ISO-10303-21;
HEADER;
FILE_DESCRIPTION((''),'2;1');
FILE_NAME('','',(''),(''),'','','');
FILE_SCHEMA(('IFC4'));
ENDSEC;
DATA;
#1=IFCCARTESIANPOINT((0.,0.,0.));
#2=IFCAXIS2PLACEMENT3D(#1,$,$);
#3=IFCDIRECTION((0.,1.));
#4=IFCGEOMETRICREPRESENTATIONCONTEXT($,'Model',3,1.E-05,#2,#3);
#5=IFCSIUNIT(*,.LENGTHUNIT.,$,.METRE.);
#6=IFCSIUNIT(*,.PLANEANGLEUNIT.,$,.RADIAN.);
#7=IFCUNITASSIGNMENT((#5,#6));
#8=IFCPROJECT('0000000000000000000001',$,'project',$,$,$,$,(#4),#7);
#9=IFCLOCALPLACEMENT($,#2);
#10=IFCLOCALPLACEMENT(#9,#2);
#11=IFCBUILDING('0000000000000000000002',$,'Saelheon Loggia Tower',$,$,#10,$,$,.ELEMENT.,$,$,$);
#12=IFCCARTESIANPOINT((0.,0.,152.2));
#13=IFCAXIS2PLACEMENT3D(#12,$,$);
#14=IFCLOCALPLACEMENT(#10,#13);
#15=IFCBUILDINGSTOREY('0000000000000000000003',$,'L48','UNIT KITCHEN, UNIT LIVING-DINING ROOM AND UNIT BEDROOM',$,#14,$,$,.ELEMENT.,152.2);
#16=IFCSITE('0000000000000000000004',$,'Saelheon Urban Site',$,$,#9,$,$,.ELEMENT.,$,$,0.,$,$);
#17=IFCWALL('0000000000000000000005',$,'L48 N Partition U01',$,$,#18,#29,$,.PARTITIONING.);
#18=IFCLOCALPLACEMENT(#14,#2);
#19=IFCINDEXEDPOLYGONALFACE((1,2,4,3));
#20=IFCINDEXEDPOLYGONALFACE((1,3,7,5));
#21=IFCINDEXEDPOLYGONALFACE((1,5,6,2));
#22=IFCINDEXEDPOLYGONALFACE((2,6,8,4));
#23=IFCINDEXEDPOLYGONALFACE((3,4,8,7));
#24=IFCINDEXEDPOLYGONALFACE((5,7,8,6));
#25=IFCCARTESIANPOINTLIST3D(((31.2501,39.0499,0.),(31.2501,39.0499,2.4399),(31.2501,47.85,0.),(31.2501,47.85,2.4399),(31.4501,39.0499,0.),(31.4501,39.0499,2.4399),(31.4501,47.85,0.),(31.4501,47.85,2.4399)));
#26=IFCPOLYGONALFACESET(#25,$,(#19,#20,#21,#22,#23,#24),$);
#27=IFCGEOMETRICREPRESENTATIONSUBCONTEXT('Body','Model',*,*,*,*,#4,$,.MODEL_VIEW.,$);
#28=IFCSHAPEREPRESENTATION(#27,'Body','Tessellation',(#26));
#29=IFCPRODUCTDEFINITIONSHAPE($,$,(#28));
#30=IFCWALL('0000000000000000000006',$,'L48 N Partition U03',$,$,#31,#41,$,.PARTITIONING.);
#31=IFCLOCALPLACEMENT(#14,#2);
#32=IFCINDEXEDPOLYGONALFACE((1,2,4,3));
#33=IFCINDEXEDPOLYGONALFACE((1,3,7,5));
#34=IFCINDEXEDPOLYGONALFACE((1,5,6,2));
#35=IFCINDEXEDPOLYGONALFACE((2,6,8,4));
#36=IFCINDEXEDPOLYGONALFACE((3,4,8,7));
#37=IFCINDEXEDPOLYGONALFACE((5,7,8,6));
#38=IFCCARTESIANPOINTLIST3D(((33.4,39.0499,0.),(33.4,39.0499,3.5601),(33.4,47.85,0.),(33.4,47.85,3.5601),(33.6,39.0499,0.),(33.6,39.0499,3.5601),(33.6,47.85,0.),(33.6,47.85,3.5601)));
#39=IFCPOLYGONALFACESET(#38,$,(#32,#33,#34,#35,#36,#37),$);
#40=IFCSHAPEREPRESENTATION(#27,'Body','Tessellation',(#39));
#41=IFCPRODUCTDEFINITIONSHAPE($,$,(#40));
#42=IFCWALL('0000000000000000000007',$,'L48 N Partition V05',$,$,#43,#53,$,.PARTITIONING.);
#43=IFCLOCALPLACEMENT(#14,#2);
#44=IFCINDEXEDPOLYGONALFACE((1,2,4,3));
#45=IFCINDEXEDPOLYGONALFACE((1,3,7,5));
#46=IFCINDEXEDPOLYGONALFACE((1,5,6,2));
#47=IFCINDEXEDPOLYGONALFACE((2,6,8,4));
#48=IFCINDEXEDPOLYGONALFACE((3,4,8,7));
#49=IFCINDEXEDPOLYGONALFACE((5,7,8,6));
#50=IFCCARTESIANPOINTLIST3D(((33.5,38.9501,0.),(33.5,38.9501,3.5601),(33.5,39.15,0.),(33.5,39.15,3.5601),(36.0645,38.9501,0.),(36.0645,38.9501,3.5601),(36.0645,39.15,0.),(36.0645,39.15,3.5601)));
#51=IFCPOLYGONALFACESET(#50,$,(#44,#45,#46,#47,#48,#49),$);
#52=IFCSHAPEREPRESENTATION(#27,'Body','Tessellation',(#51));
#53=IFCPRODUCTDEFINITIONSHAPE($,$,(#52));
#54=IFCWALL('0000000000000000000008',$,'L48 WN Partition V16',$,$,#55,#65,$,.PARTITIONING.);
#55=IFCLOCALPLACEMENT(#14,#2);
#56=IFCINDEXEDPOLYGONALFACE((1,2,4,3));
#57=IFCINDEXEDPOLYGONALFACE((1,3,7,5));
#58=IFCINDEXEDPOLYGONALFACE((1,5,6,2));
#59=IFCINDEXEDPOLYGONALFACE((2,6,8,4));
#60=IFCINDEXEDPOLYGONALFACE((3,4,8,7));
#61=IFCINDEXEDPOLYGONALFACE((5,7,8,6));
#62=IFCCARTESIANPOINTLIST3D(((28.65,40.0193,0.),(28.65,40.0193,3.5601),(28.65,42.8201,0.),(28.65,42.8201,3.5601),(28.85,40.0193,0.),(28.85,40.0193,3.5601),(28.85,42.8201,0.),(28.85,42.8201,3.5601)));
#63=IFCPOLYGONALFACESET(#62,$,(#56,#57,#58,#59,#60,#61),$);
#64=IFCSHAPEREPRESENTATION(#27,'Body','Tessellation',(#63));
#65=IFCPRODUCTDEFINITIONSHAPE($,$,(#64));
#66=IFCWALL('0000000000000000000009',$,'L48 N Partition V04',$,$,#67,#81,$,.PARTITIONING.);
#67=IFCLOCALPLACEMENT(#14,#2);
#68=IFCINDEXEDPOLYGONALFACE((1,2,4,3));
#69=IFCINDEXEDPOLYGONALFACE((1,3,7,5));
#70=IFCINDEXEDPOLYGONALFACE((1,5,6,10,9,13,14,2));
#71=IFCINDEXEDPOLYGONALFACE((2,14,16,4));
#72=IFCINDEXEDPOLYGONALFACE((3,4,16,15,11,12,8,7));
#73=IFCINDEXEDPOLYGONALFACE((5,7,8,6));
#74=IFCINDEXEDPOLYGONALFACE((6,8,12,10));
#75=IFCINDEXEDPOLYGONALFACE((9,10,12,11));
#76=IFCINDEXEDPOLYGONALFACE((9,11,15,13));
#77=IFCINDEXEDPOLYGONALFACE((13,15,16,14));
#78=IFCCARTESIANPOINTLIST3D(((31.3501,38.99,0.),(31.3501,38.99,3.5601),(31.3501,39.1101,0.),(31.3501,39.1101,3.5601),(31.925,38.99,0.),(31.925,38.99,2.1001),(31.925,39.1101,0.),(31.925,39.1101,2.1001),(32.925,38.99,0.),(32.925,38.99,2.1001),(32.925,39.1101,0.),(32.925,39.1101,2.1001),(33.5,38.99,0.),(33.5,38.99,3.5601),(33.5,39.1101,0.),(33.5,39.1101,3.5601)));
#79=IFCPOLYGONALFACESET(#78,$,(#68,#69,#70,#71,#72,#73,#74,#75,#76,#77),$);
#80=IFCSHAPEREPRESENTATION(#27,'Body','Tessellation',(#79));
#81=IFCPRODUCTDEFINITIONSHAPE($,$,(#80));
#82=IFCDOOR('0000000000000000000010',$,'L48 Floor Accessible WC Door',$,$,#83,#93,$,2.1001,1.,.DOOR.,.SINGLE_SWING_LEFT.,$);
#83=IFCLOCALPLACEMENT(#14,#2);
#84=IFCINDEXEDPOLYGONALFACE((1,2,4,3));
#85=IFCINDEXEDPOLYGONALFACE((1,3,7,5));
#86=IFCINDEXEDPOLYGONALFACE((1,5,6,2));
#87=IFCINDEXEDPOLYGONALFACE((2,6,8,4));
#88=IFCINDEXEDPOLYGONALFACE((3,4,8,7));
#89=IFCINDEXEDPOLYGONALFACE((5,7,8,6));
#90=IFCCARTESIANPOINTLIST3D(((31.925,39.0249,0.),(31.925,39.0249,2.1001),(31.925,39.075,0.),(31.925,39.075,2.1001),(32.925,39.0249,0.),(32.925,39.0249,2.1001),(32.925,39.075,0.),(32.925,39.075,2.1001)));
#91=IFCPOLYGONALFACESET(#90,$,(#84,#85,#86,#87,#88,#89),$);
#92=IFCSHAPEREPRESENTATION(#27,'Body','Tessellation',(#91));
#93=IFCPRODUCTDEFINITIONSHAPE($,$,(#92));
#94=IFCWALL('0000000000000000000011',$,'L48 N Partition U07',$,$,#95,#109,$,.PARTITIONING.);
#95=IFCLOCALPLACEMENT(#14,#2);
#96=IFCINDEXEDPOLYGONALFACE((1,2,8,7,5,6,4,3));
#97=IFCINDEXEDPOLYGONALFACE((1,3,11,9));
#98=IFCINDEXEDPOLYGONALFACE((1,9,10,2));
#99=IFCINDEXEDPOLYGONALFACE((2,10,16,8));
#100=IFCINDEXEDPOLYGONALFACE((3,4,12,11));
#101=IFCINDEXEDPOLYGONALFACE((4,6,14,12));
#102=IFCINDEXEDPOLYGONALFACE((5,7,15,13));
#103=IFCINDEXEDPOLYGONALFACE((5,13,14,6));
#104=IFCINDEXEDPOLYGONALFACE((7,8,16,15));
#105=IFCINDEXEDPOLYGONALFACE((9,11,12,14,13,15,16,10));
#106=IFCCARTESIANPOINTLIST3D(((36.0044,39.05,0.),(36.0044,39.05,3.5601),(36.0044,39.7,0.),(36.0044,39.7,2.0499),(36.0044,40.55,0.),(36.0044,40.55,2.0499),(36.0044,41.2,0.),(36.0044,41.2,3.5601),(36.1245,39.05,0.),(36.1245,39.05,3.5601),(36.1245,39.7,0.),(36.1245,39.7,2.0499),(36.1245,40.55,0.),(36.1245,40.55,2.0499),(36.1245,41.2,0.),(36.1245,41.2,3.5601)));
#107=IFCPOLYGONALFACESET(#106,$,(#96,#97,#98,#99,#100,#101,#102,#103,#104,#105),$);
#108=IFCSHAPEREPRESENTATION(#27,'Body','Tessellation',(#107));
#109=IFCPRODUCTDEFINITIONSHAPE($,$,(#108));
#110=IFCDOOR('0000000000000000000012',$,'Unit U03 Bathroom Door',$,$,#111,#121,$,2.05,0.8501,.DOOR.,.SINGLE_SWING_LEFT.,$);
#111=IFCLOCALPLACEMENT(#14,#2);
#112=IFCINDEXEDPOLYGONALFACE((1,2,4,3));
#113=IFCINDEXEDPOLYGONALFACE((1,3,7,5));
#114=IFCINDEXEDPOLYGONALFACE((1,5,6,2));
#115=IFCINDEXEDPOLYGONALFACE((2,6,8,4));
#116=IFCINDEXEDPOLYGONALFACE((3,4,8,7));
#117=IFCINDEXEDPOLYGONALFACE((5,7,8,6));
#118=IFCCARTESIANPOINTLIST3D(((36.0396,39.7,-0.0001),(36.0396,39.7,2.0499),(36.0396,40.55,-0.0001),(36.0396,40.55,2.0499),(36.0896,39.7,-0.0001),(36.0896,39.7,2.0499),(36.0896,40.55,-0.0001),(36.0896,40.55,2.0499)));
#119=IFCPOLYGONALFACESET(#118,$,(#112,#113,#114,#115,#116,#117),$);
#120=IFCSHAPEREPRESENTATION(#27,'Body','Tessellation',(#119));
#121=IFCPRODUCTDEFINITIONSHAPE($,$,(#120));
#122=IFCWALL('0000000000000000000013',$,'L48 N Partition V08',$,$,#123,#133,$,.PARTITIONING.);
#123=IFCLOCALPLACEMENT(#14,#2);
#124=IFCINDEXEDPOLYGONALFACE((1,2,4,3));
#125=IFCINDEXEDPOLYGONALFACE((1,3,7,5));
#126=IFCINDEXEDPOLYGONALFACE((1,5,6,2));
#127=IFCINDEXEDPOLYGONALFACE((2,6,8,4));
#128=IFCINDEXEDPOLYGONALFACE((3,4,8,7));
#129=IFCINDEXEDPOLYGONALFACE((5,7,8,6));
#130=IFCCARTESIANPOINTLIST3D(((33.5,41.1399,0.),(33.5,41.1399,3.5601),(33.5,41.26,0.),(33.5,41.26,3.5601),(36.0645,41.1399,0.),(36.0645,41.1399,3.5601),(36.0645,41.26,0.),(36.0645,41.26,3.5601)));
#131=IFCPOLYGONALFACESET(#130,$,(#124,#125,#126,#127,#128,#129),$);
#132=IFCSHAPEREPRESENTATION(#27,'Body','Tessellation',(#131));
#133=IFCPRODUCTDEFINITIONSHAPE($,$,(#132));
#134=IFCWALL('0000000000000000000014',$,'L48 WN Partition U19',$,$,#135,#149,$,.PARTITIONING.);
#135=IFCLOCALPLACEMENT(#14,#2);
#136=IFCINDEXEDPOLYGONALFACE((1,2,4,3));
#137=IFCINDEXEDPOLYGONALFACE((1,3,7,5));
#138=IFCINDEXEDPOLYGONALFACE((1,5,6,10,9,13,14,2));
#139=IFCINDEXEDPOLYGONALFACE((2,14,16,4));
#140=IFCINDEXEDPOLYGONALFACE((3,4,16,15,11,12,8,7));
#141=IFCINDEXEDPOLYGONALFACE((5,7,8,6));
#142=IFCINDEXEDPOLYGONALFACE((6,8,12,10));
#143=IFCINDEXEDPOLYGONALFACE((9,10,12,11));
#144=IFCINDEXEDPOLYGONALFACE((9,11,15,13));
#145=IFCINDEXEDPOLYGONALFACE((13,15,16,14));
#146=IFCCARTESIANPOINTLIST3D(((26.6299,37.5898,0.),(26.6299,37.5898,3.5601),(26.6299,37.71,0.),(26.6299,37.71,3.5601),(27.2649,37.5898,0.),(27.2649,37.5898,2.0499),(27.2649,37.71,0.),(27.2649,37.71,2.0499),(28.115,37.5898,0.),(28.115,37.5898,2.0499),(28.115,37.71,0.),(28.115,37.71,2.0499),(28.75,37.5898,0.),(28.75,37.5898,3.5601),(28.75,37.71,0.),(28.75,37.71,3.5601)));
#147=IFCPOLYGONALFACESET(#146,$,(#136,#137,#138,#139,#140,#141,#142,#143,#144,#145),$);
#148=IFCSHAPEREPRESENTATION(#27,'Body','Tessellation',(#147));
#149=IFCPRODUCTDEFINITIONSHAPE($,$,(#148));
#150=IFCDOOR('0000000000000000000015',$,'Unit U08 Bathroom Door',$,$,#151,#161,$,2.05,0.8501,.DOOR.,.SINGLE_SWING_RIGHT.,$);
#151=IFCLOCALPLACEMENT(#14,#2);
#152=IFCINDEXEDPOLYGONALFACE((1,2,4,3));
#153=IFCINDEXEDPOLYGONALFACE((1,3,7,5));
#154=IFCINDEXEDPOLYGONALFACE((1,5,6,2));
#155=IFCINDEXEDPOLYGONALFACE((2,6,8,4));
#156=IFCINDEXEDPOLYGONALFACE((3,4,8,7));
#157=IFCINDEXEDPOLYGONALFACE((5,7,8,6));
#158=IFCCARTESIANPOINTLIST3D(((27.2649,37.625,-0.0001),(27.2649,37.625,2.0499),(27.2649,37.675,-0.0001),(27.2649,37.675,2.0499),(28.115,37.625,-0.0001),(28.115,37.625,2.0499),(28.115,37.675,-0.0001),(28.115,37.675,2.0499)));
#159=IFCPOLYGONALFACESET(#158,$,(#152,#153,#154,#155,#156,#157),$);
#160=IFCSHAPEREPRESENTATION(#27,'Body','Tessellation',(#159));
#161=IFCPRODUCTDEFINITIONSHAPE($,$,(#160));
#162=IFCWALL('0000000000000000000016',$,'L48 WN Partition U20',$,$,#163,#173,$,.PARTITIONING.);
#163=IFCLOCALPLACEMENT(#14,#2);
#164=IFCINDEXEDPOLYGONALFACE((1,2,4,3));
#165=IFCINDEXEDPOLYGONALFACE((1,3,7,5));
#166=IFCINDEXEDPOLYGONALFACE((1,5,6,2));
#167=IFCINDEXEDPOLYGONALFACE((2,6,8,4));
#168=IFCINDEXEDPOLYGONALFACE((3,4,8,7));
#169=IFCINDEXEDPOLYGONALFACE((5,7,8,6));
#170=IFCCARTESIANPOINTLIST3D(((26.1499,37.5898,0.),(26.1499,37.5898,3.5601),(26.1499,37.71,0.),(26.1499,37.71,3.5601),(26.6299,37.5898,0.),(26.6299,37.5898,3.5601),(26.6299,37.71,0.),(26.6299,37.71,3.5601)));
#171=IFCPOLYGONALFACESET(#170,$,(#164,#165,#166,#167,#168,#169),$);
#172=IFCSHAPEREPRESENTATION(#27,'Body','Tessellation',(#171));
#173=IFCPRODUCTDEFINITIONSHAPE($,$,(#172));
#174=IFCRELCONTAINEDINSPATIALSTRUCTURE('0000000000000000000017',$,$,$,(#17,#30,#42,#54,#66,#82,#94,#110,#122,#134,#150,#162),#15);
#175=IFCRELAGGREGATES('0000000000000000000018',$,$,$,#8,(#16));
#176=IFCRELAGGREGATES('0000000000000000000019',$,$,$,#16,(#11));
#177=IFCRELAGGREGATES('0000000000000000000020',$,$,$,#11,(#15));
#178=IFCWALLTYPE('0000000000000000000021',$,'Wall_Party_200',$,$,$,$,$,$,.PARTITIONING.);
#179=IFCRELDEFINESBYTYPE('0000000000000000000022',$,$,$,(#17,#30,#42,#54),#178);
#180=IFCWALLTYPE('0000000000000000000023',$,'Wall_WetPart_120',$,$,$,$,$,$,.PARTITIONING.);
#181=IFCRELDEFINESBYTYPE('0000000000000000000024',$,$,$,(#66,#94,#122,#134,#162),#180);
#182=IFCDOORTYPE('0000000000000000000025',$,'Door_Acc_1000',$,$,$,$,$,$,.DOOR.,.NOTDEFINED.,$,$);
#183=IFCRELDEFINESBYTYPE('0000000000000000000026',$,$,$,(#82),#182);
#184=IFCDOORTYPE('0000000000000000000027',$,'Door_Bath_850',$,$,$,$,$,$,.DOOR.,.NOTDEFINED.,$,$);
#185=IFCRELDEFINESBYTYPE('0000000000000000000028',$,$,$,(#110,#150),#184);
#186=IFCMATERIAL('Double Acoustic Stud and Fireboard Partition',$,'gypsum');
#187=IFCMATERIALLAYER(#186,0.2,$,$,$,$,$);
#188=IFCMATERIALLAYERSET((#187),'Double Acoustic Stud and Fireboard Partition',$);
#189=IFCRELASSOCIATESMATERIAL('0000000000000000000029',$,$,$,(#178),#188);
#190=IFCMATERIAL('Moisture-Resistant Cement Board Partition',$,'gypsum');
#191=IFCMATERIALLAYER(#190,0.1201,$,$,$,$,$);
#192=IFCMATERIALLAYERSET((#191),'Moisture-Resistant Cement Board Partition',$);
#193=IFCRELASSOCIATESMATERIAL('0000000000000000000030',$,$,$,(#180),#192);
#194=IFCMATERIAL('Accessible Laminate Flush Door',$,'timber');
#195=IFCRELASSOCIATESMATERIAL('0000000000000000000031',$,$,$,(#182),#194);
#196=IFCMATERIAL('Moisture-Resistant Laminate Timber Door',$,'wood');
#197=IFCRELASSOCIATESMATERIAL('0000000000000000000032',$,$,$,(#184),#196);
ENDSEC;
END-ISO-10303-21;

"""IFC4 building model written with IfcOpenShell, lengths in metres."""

from ifc_helpers import new_model, si_unit, direction, frame, frame_2d, origin, place, context, subcontext, project, spatial, rectangle, extrude, source, transform, mapped, material, layer, layer_set, type_object, element, fill, save


model = new_model("IFC4")

# Units and contexts
model_context = context("Model", 3, precision=1e-05, world=origin(), true_north=direction((0.0, 1.0)))
body_context = subcontext(model_context, "Body", "Model", "MODEL_VIEW")
ifc_project = project(units=[si_unit("LENGTHUNIT", "METRE"), si_unit("PLANEANGLEUNIT", "RADIAN")], contexts=[model_context])

# Site, building, storey
site_placement = place(None, origin())
site = spatial("IfcSite", under=ifc_project, at=site_placement, Name="Saelheon Urban Site", CompositionType="ELEMENT", RefElevation=0.0)
building_placement = place(site_placement, origin())
building = spatial("IfcBuilding", under=site, at=building_placement, Name="Saelheon Loggia Tower", CompositionType="ELEMENT")
storey_placement = place(building_placement, frame((0.0, 0.0, 152.2)))
storey = spatial("IfcBuildingStorey", under=building, at=storey_placement, Name="L48", Description="UNIT KITCHEN, UNIT LIVING-DINING ROOM AND UNIT BEDROOM", CompositionType="ELEMENT", Elevation=152.2)

# Walls
ifc_material_1 = material(Name="Double Acoustic Stud and Fireboard Partition", Category="gypsum")
ifc_layer_1 = layer(ifc_material_1, 0.2)
ifc_layer_set_1 = layer_set([ifc_layer_1], Name="Double Acoustic Stud and Fireboard Partition")
wall_type_1 = type_object("IfcWallType", Name="Wall_Party_200", PredefinedType="PARTITIONING", material=ifc_layer_set_1)
wall_1_placement = place(storey_placement, frame((31.3501, 39.05, 0.0), z_axis=(0.0, 0.0, 1.0), x_axis=(0.0, 1.0, 0.0)))
element("IfcWall", 1, at=wall_1_placement, inside=storey, type_object=wall_type_1, Name="L48 N Partition U01", PredefinedType="PARTITIONING", context=body_context, shape_type="SweptSolid", body=[
    extrude(rectangle(XDim=8.8, YDim=0.2, at=frame_2d((4.3999, 0.0))), origin(), (0.0, 0.0, 1.0), 2.4399),
])
wall_2_placement = place(storey_placement, frame((33.5, 39.05, 0.0), z_axis=(0.0, 0.0, 1.0), x_axis=(0.0, 1.0, 0.0)))
element("IfcWall", 2, at=wall_2_placement, inside=storey, type_object=wall_type_1, Name="L48 N Partition U03", PredefinedType="PARTITIONING", context=body_context, shape_type="SweptSolid", body=[
    extrude(rectangle(XDim=8.8, YDim=0.2, at=frame_2d((4.3999, 0.0))), origin(), (0.0, 0.0, 1.0), 3.5601),
])
wall_3_placement = place(storey_placement, frame((33.5, 39.05, 0.0), z_axis=(0.0, 0.0, 1.0), x_axis=(1.0, 0.0, 0.0)))
element("IfcWall", 3, at=wall_3_placement, inside=storey, type_object=wall_type_1, Name="L48 N Partition V05", PredefinedType="PARTITIONING", context=body_context, shape_type="SweptSolid", body=[
    extrude(rectangle(XDim=2.5645, YDim=0.2, at=frame_2d((1.2822, 0.0))), origin(), (0.0, 0.0, 1.0), 3.5601),
])

# Wall
wall_4_placement = place(storey_placement, frame((28.75, 40.0193, 0.0), z_axis=(0.0, 0.0, 1.0), x_axis=(0.0, 1.0, 0.0)))
element("IfcWall", 4, at=wall_4_placement, inside=storey, type_object=wall_type_1, Name="L48 WN Partition V16", PredefinedType="PARTITIONING", context=body_context, shape_type="SweptSolid", body=[
    extrude(rectangle(XDim=2.8008, YDim=0.2, at=frame_2d((1.4004, 0.0))), origin(), (0.0, 0.0, 1.0), 3.5601),
])

# Walls, openings, doors
ifc_material_2 = material(Name="Moisture-Resistant Cement Board Partition", Category="gypsum")
ifc_layer_2 = layer(ifc_material_2, 0.1201)
ifc_layer_set_2 = layer_set([ifc_layer_2], Name="Moisture-Resistant Cement Board Partition")
wall_type_2 = type_object("IfcWallType", Name="Wall_WetPart_120", PredefinedType="PARTITIONING", material=ifc_layer_set_2)
wall_5_placement = place(storey_placement, frame((31.3501, 39.05, 0.0), z_axis=(0.0, 0.0, 1.0), x_axis=(1.0, 0.0, 0.0)))
wall_5 = element("IfcWall", 5, at=wall_5_placement, inside=storey, type_object=wall_type_2, Name="L48 N Partition V04", PredefinedType="PARTITIONING", context=body_context, shape_type="SweptSolid", body=[
    extrude(rectangle(XDim=2.1499, YDim=0.1201, at=frame_2d((1.075, 0.0))), origin(), (0.0, 0.0, 1.0), 3.5601),
])
opening_1_placement = place(wall_5_placement, frame((0.575, 0.0, 0.0)))
opening_1 = element("IfcOpeningElement", 6, at=opening_1_placement, cuts=wall_5, PredefinedType="OPENING", context=body_context, shape_type="SweptSolid", body=[
    extrude(rectangle(XDim=1.0, YDim=2.1001, at=frame_2d((0.5, 1.05))), frame((0.0, 0.072, 0.0), z_axis=(0.0, -1.0, 0.0), x_axis=(1.0, 0.0, 0.0)), (0.0, 0.0, 1.0), 0.144),
])
ifc_material_3 = material(Name="Accessible Laminate Flush Door", Category="timber")
door_type_1 = type_object("IfcDoorType", Name="Door_Acc_1000", OperationType="NOTDEFINED", PredefinedType="DOOR", material=ifc_material_3)
shared_shape_1 = source(origin(), body_context, "Body", "SweptSolid", [
    extrude(rectangle(XDim=1.0, YDim=2.1001, at=frame_2d((0.5, 1.05))), frame((0.0, 0.0249, 0.0), z_axis=(0.0, -1.0, 0.0), x_axis=(1.0, 0.0, 0.0)), (0.0, 0.0, 1.0), 0.05),
])
door_1_placement = place(opening_1_placement, origin())
door_1 = element("IfcDoor", 7, at=door_1_placement, inside=storey, type_object=door_type_1, Name="L48 Floor Accessible WC Door", OperationType="SINGLE_SWING_LEFT", OverallHeight=2.1001, OverallWidth=1.0, PredefinedType="DOOR", context=body_context, shape_type="MappedRepresentation", body=[
    mapped(shared_shape_1, transform((0.0, 0.0, 0.0), scale=1.0)),
])
fill(opening_1, door_1)
wall_6_placement = place(storey_placement, frame((36.0645, 39.05, 0.0), z_axis=(0.0, 0.0, 1.0), x_axis=(0.0, 1.0, 0.0)))
wall_6 = element("IfcWall", 8, at=wall_6_placement, inside=storey, type_object=wall_type_2, Name="L48 N Partition U07", PredefinedType="PARTITIONING", context=body_context, shape_type="SweptSolid", body=[
    extrude(rectangle(XDim=2.1499, YDim=0.1201, at=frame_2d((1.075, 0.0))), origin(), (0.0, 0.0, 1.0), 3.5601),
])
opening_2_placement = place(wall_6_placement, frame((0.6499, 0.0, 0.0)))
opening_2 = element("IfcOpeningElement", 9, at=opening_2_placement, cuts=wall_6, PredefinedType="OPENING", context=body_context, shape_type="SweptSolid", body=[
    extrude(rectangle(XDim=0.8501, YDim=2.05, at=frame_2d((0.425, 1.0249))), frame((0.0, 0.072, 0.0), z_axis=(0.0, -1.0, 0.0), x_axis=(1.0, 0.0, 0.0)), (0.0, 0.0, 1.0), 0.144),
])
ifc_material_4 = material(Name="Moisture-Resistant Laminate Timber Door", Category="wood")
door_type_2 = type_object("IfcDoorType", Name="Door_Bath_850", OperationType="NOTDEFINED", PredefinedType="DOOR", material=ifc_material_4)
shared_shape_2 = source(origin(), body_context, "Body", "SweptSolid", [
    extrude(rectangle(XDim=0.8501, YDim=2.05, at=frame_2d((0.425, 1.0249))), frame((0.0, 0.0249, 0.0), z_axis=(0.0, -1.0, 0.0), x_axis=(1.0, 0.0, 0.0)), (0.0, 0.0, 1.0), 0.05),
])
door_2_placement = place(opening_2_placement, origin())
door_2 = element("IfcDoor", 10, at=door_2_placement, inside=storey, type_object=door_type_2, Name="Unit U03 Bathroom Door", OperationType="SINGLE_SWING_LEFT", OverallHeight=2.05, OverallWidth=0.8501, PredefinedType="DOOR", context=body_context, shape_type="MappedRepresentation", body=[
    mapped(shared_shape_2, transform((0.0, 0.0, 0.0), scale=1.0)),
])
fill(opening_2, door_2)

# Wall
wall_7_placement = place(storey_placement, frame((33.5, 41.2, 0.0), z_axis=(0.0, 0.0, 1.0), x_axis=(1.0, 0.0, 0.0)))
element("IfcWall", 11, at=wall_7_placement, inside=storey, type_object=wall_type_2, Name="L48 N Partition V08", PredefinedType="PARTITIONING", context=body_context, shape_type="SweptSolid", body=[
    extrude(rectangle(XDim=2.5645, YDim=0.1201, at=frame_2d((1.2822, 0.0))), origin(), (0.0, 0.0, 1.0), 3.5601),
])

# Wall, opening, door
wall_8_placement = place(storey_placement, frame((28.75, 37.6499, 0.0), z_axis=(0.0, 0.0, 1.0), x_axis=(-1.0, 0.0, 0.0)))
wall_8 = element("IfcWall", 12, at=wall_8_placement, inside=storey, type_object=wall_type_2, Name="L48 WN Partition U19", PredefinedType="PARTITIONING", context=body_context, shape_type="SweptSolid", body=[
    extrude(rectangle(XDim=2.1201, YDim=0.1201, at=frame_2d((1.0601, 0.0))), origin(), (0.0, 0.0, 1.0), 3.5601),
])
opening_3_placement = place(wall_8_placement, frame((0.635, 0.0, 0.0)))
opening_3 = element("IfcOpeningElement", 13, at=opening_3_placement, cuts=wall_8, PredefinedType="OPENING", context=body_context, shape_type="SweptSolid", body=[
    extrude(rectangle(XDim=0.8501, YDim=2.05, at=frame_2d((0.425, 1.0249))), frame((0.0, 0.072, 0.0), z_axis=(0.0, -1.0, 0.0), x_axis=(1.0, 0.0, 0.0)), (0.0, 0.0, 1.0), 0.144),
])
door_3_placement = place(opening_3_placement, origin())
door_3 = element("IfcDoor", 14, at=door_3_placement, inside=storey, type_object=door_type_2, Name="Unit U08 Bathroom Door", OperationType="SINGLE_SWING_RIGHT", OverallHeight=2.05, OverallWidth=0.8501, PredefinedType="DOOR", context=body_context, shape_type="MappedRepresentation", body=[
    mapped(shared_shape_2, transform((0.0, 0.0, 0.0), scale=1.0)),
])
fill(opening_3, door_3)

# Wall
wall_9_placement = place(storey_placement, frame((26.6299, 37.6499, 0.0), z_axis=(0.0, 0.0, 1.0), x_axis=(-1.0, 0.0, 0.0)))
element("IfcWall", 15, at=wall_9_placement, inside=storey, type_object=wall_type_2, Name="L48 WN Partition U20", PredefinedType="PARTITIONING", context=body_context, shape_type="SweptSolid", body=[
    extrude(rectangle(XDim=0.48, YDim=0.1201, at=frame_2d((0.24, 0.0))), origin(), (0.0, 0.0, 1.0), 3.5601),
])

save(model, "model.ifc")
